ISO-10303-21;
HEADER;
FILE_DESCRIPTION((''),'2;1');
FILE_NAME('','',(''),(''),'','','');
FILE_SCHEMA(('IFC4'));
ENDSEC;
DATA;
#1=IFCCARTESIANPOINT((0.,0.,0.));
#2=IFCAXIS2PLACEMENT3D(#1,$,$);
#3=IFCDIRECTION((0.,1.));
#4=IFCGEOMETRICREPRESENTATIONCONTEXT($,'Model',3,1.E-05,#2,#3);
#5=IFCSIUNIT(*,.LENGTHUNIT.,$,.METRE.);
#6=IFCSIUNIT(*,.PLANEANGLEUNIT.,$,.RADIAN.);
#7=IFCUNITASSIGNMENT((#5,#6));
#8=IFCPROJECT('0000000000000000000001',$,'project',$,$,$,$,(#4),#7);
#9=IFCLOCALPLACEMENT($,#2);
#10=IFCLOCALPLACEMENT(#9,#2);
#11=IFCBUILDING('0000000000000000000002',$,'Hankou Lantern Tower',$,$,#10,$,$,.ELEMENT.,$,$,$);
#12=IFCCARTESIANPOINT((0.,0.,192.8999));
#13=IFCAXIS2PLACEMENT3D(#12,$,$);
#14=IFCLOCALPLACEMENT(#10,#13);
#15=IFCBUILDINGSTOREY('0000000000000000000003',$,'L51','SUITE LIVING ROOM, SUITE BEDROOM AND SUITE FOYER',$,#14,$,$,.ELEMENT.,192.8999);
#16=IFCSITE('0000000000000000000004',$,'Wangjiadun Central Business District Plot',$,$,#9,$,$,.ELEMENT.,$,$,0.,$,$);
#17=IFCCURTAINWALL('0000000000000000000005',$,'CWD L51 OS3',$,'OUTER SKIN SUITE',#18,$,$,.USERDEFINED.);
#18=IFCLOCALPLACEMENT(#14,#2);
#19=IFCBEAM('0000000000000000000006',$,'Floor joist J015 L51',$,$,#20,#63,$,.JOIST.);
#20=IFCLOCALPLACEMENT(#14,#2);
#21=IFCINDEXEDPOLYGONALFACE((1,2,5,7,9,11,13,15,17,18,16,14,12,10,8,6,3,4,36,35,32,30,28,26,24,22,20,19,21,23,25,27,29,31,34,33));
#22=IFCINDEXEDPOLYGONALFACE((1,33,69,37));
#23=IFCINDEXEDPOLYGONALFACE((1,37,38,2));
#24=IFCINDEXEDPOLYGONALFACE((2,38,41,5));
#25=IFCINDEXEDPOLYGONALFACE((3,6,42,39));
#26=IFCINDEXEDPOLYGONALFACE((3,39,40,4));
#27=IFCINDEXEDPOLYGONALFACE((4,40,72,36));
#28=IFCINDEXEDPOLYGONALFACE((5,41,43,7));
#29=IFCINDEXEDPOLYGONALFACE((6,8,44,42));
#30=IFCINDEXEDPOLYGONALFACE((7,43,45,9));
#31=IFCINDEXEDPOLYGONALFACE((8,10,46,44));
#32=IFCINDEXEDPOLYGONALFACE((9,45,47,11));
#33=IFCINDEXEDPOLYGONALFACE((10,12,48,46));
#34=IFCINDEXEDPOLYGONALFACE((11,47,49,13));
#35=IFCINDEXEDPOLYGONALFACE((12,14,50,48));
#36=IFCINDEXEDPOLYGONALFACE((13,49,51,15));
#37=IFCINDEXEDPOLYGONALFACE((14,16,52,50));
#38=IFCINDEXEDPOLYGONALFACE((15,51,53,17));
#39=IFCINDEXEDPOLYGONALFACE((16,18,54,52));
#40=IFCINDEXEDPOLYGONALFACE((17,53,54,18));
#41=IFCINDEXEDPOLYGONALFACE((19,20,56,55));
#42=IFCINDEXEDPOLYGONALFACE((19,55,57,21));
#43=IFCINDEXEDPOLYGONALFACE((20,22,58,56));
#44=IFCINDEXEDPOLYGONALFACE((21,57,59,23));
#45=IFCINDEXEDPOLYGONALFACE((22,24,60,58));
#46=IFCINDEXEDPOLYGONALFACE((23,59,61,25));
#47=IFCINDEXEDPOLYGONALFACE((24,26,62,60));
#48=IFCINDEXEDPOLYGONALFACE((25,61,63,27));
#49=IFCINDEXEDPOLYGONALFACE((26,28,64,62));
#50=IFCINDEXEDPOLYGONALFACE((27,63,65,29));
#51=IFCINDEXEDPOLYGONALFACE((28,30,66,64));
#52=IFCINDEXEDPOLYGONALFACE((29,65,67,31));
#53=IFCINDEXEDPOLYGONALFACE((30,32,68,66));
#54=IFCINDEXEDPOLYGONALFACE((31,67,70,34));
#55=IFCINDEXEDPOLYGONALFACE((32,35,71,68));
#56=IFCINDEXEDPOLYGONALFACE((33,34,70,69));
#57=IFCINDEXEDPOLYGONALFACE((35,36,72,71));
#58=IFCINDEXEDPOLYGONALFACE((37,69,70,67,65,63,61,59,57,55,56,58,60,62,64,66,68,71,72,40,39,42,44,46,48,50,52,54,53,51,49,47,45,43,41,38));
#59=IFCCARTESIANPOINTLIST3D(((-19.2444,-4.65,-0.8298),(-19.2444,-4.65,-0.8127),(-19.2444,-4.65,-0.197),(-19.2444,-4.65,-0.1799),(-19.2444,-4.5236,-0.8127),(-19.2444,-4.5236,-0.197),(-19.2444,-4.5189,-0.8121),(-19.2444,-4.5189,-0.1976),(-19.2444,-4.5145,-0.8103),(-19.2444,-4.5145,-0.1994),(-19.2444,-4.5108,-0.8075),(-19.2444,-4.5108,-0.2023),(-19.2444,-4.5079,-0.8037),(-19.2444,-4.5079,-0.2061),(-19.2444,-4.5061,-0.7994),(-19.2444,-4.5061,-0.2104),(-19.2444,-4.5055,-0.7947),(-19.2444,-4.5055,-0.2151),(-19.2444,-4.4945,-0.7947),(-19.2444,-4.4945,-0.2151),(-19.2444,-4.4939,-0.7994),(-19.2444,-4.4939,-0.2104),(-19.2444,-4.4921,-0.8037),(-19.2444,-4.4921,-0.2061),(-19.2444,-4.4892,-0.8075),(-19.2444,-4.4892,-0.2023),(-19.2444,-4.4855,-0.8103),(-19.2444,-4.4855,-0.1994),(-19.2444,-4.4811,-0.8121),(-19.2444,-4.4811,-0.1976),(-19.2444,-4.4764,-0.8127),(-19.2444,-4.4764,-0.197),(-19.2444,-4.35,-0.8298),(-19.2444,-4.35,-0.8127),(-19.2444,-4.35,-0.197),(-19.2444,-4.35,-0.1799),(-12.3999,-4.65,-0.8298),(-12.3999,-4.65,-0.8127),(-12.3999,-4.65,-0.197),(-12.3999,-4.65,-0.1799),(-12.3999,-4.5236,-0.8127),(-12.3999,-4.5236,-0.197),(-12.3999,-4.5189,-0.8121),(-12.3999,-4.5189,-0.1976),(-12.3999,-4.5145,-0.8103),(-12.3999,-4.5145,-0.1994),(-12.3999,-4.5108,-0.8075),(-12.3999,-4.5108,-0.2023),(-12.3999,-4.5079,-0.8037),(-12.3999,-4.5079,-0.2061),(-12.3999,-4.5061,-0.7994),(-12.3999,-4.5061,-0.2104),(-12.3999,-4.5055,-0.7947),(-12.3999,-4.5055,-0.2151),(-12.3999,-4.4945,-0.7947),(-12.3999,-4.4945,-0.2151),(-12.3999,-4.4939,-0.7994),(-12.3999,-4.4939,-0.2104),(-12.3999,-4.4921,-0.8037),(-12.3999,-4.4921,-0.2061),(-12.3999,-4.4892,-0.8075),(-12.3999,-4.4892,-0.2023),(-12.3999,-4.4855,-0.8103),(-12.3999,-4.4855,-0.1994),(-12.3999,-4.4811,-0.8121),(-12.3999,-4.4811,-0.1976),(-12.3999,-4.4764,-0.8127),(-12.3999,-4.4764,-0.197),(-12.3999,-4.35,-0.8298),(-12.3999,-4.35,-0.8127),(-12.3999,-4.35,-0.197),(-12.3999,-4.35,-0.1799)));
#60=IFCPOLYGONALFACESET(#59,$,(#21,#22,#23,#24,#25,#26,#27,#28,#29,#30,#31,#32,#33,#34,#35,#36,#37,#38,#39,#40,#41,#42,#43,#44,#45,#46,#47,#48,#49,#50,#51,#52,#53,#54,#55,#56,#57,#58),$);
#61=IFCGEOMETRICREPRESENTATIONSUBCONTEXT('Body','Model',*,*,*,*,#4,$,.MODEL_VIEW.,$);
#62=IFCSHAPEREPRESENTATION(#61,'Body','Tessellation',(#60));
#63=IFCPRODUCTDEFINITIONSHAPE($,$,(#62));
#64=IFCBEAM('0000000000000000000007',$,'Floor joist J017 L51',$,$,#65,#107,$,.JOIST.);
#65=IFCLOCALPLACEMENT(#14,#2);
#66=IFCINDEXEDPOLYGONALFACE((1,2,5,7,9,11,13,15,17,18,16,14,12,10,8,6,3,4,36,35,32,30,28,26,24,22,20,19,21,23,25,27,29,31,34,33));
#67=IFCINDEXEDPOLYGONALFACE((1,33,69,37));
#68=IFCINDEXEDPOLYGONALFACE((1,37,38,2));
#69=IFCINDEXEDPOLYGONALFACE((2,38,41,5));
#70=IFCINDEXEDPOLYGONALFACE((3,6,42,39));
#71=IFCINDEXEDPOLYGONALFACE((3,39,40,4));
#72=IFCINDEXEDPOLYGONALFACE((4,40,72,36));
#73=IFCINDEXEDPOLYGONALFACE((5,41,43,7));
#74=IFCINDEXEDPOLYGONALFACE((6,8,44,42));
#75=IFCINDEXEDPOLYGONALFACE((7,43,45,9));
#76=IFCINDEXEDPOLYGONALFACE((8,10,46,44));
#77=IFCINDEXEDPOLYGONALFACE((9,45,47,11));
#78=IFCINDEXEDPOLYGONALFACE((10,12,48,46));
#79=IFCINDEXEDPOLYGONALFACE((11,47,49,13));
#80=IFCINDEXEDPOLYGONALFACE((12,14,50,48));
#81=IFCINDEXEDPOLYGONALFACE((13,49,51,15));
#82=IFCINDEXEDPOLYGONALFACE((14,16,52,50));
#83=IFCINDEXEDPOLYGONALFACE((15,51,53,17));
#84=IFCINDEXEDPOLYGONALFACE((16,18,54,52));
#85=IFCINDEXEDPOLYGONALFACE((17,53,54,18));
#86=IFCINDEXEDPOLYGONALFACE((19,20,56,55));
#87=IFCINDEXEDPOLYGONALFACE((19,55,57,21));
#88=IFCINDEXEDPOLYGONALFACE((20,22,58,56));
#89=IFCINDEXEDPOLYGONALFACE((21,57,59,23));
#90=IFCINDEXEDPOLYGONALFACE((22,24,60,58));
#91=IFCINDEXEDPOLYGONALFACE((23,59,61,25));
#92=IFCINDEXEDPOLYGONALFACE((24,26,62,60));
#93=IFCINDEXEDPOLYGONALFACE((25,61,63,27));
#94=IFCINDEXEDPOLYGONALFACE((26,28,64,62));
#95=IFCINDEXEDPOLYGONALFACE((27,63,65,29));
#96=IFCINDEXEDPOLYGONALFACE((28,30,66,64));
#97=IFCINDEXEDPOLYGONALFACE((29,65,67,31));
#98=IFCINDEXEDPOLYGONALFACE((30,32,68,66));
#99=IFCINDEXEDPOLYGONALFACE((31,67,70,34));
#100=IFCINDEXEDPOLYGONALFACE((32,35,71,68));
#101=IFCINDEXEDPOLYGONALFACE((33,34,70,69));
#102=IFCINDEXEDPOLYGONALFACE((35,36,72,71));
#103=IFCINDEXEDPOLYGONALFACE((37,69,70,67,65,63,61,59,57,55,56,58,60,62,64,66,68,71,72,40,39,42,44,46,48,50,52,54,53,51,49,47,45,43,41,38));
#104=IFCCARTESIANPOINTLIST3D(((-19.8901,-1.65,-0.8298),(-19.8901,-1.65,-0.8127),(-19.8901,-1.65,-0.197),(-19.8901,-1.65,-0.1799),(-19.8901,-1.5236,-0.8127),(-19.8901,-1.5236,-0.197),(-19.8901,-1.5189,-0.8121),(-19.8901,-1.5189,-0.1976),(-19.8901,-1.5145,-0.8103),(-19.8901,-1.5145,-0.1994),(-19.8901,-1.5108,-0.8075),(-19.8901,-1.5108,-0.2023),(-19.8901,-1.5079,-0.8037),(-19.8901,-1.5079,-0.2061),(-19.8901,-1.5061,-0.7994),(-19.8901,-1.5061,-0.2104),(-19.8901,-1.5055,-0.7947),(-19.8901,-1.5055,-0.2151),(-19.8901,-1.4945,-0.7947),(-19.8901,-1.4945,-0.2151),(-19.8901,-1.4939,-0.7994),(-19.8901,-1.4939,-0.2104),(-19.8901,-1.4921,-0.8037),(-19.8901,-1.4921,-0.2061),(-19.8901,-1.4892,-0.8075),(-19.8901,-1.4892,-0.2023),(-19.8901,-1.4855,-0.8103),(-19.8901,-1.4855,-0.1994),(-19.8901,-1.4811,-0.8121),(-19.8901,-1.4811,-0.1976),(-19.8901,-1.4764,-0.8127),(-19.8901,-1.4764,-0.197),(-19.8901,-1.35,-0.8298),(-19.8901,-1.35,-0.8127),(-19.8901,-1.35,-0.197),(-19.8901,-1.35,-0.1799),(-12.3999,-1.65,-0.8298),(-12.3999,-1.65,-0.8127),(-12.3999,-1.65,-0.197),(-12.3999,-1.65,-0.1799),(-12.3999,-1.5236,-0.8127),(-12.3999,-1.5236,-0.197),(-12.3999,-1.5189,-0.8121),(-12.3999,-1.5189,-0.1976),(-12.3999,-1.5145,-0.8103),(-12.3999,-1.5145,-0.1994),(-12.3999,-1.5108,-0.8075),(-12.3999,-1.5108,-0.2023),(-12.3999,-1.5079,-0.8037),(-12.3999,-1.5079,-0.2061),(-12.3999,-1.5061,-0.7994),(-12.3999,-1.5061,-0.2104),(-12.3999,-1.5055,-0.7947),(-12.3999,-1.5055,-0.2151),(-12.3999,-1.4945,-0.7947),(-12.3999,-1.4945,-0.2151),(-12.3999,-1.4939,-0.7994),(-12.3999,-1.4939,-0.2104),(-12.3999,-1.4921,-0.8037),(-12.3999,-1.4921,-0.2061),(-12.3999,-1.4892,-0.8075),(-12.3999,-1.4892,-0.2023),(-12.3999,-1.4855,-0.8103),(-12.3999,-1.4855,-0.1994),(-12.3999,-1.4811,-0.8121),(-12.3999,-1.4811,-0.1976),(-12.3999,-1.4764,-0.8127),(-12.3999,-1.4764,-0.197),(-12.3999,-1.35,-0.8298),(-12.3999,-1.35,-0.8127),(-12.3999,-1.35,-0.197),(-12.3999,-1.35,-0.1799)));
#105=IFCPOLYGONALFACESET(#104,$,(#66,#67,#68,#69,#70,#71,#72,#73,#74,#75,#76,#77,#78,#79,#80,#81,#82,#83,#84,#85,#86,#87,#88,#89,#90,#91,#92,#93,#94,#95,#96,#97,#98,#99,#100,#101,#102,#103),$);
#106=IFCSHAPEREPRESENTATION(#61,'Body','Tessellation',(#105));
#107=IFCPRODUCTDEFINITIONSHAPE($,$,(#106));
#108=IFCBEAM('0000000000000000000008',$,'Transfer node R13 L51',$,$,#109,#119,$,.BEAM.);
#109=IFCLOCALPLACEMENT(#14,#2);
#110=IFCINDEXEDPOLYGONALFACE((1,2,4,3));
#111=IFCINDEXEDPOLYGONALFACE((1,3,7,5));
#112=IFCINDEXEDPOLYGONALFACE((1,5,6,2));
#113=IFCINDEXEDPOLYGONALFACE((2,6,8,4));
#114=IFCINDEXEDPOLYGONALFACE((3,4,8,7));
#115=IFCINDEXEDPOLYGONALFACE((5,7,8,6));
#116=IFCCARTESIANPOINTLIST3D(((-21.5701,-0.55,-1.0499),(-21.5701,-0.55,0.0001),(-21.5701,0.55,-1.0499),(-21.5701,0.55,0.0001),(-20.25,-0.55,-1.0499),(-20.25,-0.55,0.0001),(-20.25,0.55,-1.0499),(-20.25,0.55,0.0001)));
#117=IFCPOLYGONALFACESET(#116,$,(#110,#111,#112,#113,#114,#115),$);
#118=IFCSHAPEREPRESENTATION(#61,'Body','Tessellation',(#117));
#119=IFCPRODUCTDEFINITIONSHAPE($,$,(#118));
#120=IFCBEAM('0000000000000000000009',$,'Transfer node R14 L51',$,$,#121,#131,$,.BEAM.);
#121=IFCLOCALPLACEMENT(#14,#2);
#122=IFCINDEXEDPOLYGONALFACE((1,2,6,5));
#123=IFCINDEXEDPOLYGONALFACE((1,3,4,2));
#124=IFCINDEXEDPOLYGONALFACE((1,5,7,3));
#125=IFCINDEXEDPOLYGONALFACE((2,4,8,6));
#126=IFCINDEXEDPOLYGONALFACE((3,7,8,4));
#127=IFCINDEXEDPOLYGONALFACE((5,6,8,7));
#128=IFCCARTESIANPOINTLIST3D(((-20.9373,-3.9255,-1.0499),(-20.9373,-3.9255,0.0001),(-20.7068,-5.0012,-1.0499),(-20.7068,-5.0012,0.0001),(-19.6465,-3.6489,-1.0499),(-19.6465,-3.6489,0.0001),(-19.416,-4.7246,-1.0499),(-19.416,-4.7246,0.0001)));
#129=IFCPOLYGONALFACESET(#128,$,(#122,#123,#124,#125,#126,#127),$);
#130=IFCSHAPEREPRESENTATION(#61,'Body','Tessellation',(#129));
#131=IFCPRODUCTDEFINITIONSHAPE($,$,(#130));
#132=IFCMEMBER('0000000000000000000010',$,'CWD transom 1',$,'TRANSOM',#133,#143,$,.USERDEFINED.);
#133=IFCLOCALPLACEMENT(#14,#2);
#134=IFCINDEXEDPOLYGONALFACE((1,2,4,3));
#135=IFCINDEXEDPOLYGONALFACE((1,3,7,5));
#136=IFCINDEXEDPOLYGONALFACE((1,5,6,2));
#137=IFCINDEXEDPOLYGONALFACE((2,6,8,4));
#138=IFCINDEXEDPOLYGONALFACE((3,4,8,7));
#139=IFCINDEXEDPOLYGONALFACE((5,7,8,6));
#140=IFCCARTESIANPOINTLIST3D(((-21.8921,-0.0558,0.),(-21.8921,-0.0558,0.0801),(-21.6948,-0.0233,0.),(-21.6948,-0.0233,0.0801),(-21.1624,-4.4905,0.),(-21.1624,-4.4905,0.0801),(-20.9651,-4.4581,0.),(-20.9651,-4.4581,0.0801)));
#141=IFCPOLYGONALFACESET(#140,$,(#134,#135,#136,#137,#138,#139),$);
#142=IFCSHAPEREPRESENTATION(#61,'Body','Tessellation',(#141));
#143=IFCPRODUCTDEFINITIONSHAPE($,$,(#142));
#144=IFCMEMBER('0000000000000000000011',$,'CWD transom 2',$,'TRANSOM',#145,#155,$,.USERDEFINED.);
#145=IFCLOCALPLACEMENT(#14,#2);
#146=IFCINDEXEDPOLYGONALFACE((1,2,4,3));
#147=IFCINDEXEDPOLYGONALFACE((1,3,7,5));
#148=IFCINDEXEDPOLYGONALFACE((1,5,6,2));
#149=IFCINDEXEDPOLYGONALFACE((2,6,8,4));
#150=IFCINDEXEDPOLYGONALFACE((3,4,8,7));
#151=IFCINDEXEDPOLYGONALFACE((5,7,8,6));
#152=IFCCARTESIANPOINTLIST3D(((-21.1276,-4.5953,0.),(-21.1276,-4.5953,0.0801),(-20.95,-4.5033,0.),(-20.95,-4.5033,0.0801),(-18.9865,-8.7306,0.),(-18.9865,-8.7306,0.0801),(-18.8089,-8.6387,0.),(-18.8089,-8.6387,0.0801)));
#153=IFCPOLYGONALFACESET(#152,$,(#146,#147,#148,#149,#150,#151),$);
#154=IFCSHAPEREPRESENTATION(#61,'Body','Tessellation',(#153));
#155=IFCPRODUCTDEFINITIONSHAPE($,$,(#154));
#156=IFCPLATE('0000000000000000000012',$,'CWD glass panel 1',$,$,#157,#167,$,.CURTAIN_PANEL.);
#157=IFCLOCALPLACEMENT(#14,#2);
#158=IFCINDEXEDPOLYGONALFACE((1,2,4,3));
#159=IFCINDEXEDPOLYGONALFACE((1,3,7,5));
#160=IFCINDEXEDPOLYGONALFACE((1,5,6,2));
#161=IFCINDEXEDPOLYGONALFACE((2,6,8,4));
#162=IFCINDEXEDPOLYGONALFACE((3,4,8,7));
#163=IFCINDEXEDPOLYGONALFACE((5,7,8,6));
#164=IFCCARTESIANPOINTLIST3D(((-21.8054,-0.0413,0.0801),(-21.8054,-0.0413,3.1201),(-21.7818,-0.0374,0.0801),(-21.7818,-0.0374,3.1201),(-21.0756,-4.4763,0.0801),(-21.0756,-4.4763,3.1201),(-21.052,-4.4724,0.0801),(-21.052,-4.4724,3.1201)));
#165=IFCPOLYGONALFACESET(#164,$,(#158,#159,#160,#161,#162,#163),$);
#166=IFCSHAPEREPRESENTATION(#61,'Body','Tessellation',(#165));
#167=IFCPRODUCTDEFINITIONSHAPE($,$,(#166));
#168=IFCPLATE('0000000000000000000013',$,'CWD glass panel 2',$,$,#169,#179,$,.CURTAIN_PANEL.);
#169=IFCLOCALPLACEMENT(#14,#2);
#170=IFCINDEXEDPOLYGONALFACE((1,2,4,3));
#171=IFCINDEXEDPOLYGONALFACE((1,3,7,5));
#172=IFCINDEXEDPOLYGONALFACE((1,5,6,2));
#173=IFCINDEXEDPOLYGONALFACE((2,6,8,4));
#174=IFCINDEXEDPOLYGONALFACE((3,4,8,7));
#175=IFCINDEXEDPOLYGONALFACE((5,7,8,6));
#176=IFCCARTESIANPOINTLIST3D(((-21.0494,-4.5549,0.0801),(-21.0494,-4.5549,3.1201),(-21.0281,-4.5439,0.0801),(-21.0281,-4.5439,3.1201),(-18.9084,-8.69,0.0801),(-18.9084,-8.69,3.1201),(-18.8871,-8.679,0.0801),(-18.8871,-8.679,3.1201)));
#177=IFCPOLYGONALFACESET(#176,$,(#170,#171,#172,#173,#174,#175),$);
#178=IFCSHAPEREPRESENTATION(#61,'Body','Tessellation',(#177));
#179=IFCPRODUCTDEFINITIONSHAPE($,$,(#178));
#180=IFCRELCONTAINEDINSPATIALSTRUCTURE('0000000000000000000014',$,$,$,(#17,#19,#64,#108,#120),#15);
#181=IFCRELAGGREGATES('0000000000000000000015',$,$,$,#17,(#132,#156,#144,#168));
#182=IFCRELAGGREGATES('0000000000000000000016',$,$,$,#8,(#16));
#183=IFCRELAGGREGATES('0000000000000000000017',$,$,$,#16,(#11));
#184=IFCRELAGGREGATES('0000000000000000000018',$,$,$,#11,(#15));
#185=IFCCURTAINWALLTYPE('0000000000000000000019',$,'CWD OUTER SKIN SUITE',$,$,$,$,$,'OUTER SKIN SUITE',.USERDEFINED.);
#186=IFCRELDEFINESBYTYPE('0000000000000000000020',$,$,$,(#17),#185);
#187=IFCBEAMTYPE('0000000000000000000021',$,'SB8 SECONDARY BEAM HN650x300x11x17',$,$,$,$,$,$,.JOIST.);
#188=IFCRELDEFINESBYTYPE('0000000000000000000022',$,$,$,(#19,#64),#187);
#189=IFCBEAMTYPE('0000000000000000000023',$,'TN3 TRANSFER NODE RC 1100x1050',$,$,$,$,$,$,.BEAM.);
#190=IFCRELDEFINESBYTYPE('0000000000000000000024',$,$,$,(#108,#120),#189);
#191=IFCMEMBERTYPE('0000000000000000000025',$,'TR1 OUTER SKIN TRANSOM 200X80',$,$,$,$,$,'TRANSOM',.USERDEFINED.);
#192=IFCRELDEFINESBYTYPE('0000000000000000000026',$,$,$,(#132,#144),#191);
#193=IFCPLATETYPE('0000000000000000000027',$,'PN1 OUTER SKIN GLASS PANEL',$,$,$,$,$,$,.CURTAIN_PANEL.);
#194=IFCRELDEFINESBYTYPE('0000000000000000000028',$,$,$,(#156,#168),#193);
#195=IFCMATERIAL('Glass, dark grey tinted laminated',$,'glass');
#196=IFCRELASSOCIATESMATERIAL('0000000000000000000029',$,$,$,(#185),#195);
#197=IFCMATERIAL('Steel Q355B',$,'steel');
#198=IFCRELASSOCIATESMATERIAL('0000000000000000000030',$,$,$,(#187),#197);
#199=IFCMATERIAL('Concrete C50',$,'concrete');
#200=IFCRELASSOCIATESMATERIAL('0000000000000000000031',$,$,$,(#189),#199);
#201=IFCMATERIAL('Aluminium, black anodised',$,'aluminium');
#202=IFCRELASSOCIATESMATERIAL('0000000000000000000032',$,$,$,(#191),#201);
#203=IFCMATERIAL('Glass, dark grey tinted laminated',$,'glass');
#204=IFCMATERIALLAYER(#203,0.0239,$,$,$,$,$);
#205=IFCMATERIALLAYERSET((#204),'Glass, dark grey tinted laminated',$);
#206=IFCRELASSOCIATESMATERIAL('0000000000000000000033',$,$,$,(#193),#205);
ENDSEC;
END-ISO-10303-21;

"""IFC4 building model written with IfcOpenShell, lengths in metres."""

from ifc_helpers import new_model, si_unit, direction, frame, origin, origin_2d, place, context, subcontext, project, spatial, rectangle, i_section, extrude, material, layer, layer_set, material_profile, profile_set, type_object, element, aggregate, save


model = new_model("IFC4")

# Units and contexts
model_context = context("Model", 3, precision=1e-05, world=origin(), true_north=direction((0.0, 1.0)))
body_context = subcontext(model_context, "Body", "Model", "MODEL_VIEW")
ifc_project = project(units=[si_unit("LENGTHUNIT", "METRE"), si_unit("PLANEANGLEUNIT", "RADIAN")], contexts=[model_context])

# Site, building, storey
site_placement = place(None, origin())
site = spatial("IfcSite", under=ifc_project, at=site_placement, Name="Wangjiadun Central Business District Plot", CompositionType="ELEMENT", RefElevation=0.0)
building_placement = place(site_placement, origin())
building = spatial("IfcBuilding", under=site, at=building_placement, Name="Hankou Lantern Tower", CompositionType="ELEMENT")
storey_placement = place(building_placement, frame((0.0, 0.0, 192.8999)))
storey = spatial("IfcBuildingStorey", under=building, at=storey_placement, Name="L51", Description="SUITE LIVING ROOM, SUITE BEDROOM AND SUITE FOYER", CompositionType="ELEMENT", Elevation=192.8999)

# Curtain wall
ifc_material_1 = material(Name="Glass, dark grey tinted laminated", Category="glass")
curtain_wall_type = type_object("IfcCurtainWallType", Name="CWD OUTER SKIN SUITE", ElementType="OUTER SKIN SUITE", PredefinedType="USERDEFINED", material=ifc_material_1)
curtain_wall_placement = place(storey_placement, origin())
curtain_wall = element("IfcCurtainWall", 1, at=curtain_wall_placement, inside=storey, type_object=curtain_wall_type, Name="CWD L51 OS3", ObjectType="OUTER SKIN SUITE", PredefinedType="USERDEFINED")

# Beams
ifc_material_2 = material(Name="Steel Q355B", Category="steel")
ifc_material_profile_1 = material_profile(ifc_material_2, i_section(OverallWidth=0.3, OverallDepth=0.6499, WebThickness=0.011, FlangeThickness=0.0171, FilletRadius=0.0181, at=origin_2d()), Name="HN650x300x11x17")
ifc_profile_set_1 = profile_set([ifc_material_profile_1], Name="Steel Q355B")
beam_type_1 = type_object("IfcBeamType", Name="SB8 SECONDARY BEAM HN650x300x11x17", PredefinedType="JOIST", material=ifc_profile_set_1)
beam_1_placement = place(storey_placement, frame((-19.2444, -4.5, -0.5049), z_axis=(1.0, 0.0, 0.0), x_axis=(0.0, 1.0, 0.0)))
element("IfcBeam", 2, at=beam_1_placement, inside=storey, type_object=beam_type_1, Name="Floor joist J015 L51", PredefinedType="JOIST", context=body_context, shape_type="SweptSolid", body=[
    extrude(i_section(OverallWidth=0.3, OverallDepth=0.6499, WebThickness=0.011, FlangeThickness=0.0171, FilletRadius=0.0181, at=origin_2d()), origin(), (0.0, 0.0, 1.0), 6.8445),
])
beam_2_placement = place(storey_placement, frame((-19.8901, -1.5, -0.5049), z_axis=(1.0, 0.0, 0.0), x_axis=(0.0, 1.0, 0.0)))
element("IfcBeam", 3, at=beam_2_placement, inside=storey, type_object=beam_type_1, Name="Floor joist J017 L51", PredefinedType="JOIST", context=body_context, shape_type="SweptSolid", body=[
    extrude(i_section(OverallWidth=0.3, OverallDepth=0.6499, WebThickness=0.011, FlangeThickness=0.0171, FilletRadius=0.0181, at=origin_2d()), origin(), (0.0, 0.0, 1.0), 7.4902),
])
ifc_material_3 = material(Name="Concrete C50", Category="concrete")
ifc_material_profile_2 = material_profile(ifc_material_3, rectangle(XDim=1.1001, YDim=1.05, at=origin_2d()), Name="RC 1100x1050")
ifc_profile_set_2 = profile_set([ifc_material_profile_2], Name="Concrete C50")
beam_type_2 = type_object("IfcBeamType", Name="TN3 TRANSFER NODE RC 1100x1050", PredefinedType="BEAM", material=ifc_profile_set_2)
for number, where, z_axis, x_axis, name in (
    (4, (-21.5701, 0.0, -0.5249), (1.0, 0.0, 0.0), (0.0, 1.0, 0.0), "Transfer node R13 L51"),
    (5, (-20.822, -4.4634, -0.5249), (0.9778, 0.209542, 0.0), (-0.209542, 0.9778, 0.0), "Transfer node R14 L51"),
):
    element("IfcBeam", number, at=place(storey_placement, frame(where, z_axis=z_axis, x_axis=x_axis)), inside=storey, type_object=beam_type_2, Name=name, PredefinedType="BEAM", context=body_context, shape_type="SweptSolid", body=[
        extrude(rectangle(XDim=1.1001, YDim=1.05, at=origin_2d()), origin(), (0.0, 0.0, 1.0), 1.3201),
    ])

# Members
ifc_material_4 = material(Name="Aluminium, black anodised", Category="aluminium")
ifc_material_profile_3 = material_profile(ifc_material_4, rectangle(XDim=0.2, YDim=0.0801, at=origin_2d()), Name="TR1 200X80")
ifc_profile_set_3 = profile_set([ifc_material_profile_3], Name="Aluminium, black anodised")
member_type_1 = type_object("IfcMemberType", Name="TR1 OUTER SKIN TRANSOM 200X80", ElementType="TRANSOM", PredefinedType="USERDEFINED", material=ifc_profile_set_3)
member_1_placement = place(storey_placement, frame((-21.7935, -0.0396, 0.04), z_axis=(0.162364, -0.986731, 0.0), x_axis=(0.986731, 0.162364, 0.0)))
member_1 = element("IfcMember", 6, at=member_1_placement, type_object=member_type_1, Name="CWD transom 1", ObjectType="TRANSOM", PredefinedType="USERDEFINED", context=body_context, shape_type="SweptSolid", body=[
    extrude(rectangle(XDim=0.2, YDim=0.0801, at=origin_2d()), origin(), (0.0, 0.0, 1.0), 4.4944),
])
member_2_placement = place(storey_placement, frame((-21.0388, -4.5493, 0.04), z_axis=(0.459794, -0.888026, 0.0), x_axis=(0.888026, 0.459794, 0.0)))
member_2 = element("IfcMember", 7, at=member_2_placement, type_object=member_type_1, Name="CWD transom 2", ObjectType="TRANSOM", PredefinedType="USERDEFINED", context=body_context, shape_type="SweptSolid", body=[
    extrude(rectangle(XDim=0.2, YDim=0.0801, at=origin_2d()), origin(), (0.0, 0.0, 1.0), 4.6567),
])

# Plates
ifc_material_5 = material(Name="Glass, dark grey tinted laminated", Category="glass")
ifc_layer_1 = layer(ifc_material_5, 0.0239)
ifc_layer_set_1 = layer_set([ifc_layer_1], Name="Glass, dark grey tinted laminated")
plate_type = type_object("IfcPlateType", Name="PN1 OUTER SKIN GLASS PANEL", PredefinedType="CURTAIN_PANEL", material=ifc_layer_set_1)
plate_1_placement = place(storey_placement, frame((-21.4287, -2.2568, 0.0801), z_axis=(0.0, 0.0, 1.0), x_axis=(0.162382, -0.986728, 0.0)))
plate_1 = element("IfcPlate", 8, at=plate_1_placement, type_object=plate_type, Name="CWD glass panel 1", PredefinedType="CURTAIN_PANEL", context=body_context, shape_type="SweptSolid", body=[
    extrude(rectangle(XDim=4.4946, YDim=0.0239, at=origin_2d()), origin(), (0.0, 0.0, 1.0), 3.04),
])
plate_2_placement = place(storey_placement, frame((-19.9683, -6.6169, 0.0801), z_axis=(0.0, 0.0, 1.0), x_axis=(0.459791, -0.888027, 0.0)))
plate_2 = element("IfcPlate", 9, at=plate_2_placement, type_object=plate_type, Name="CWD glass panel 2", PredefinedType="CURTAIN_PANEL", context=body_context, shape_type="SweptSolid", body=[
    extrude(rectangle(XDim=4.6565, YDim=0.0239, at=origin_2d()), origin(), (0.0, 0.0, 1.0), 3.04),
])
aggregate(curtain_wall, [member_1, plate_1, member_2, plate_2])

save(model, "model.ifc")
